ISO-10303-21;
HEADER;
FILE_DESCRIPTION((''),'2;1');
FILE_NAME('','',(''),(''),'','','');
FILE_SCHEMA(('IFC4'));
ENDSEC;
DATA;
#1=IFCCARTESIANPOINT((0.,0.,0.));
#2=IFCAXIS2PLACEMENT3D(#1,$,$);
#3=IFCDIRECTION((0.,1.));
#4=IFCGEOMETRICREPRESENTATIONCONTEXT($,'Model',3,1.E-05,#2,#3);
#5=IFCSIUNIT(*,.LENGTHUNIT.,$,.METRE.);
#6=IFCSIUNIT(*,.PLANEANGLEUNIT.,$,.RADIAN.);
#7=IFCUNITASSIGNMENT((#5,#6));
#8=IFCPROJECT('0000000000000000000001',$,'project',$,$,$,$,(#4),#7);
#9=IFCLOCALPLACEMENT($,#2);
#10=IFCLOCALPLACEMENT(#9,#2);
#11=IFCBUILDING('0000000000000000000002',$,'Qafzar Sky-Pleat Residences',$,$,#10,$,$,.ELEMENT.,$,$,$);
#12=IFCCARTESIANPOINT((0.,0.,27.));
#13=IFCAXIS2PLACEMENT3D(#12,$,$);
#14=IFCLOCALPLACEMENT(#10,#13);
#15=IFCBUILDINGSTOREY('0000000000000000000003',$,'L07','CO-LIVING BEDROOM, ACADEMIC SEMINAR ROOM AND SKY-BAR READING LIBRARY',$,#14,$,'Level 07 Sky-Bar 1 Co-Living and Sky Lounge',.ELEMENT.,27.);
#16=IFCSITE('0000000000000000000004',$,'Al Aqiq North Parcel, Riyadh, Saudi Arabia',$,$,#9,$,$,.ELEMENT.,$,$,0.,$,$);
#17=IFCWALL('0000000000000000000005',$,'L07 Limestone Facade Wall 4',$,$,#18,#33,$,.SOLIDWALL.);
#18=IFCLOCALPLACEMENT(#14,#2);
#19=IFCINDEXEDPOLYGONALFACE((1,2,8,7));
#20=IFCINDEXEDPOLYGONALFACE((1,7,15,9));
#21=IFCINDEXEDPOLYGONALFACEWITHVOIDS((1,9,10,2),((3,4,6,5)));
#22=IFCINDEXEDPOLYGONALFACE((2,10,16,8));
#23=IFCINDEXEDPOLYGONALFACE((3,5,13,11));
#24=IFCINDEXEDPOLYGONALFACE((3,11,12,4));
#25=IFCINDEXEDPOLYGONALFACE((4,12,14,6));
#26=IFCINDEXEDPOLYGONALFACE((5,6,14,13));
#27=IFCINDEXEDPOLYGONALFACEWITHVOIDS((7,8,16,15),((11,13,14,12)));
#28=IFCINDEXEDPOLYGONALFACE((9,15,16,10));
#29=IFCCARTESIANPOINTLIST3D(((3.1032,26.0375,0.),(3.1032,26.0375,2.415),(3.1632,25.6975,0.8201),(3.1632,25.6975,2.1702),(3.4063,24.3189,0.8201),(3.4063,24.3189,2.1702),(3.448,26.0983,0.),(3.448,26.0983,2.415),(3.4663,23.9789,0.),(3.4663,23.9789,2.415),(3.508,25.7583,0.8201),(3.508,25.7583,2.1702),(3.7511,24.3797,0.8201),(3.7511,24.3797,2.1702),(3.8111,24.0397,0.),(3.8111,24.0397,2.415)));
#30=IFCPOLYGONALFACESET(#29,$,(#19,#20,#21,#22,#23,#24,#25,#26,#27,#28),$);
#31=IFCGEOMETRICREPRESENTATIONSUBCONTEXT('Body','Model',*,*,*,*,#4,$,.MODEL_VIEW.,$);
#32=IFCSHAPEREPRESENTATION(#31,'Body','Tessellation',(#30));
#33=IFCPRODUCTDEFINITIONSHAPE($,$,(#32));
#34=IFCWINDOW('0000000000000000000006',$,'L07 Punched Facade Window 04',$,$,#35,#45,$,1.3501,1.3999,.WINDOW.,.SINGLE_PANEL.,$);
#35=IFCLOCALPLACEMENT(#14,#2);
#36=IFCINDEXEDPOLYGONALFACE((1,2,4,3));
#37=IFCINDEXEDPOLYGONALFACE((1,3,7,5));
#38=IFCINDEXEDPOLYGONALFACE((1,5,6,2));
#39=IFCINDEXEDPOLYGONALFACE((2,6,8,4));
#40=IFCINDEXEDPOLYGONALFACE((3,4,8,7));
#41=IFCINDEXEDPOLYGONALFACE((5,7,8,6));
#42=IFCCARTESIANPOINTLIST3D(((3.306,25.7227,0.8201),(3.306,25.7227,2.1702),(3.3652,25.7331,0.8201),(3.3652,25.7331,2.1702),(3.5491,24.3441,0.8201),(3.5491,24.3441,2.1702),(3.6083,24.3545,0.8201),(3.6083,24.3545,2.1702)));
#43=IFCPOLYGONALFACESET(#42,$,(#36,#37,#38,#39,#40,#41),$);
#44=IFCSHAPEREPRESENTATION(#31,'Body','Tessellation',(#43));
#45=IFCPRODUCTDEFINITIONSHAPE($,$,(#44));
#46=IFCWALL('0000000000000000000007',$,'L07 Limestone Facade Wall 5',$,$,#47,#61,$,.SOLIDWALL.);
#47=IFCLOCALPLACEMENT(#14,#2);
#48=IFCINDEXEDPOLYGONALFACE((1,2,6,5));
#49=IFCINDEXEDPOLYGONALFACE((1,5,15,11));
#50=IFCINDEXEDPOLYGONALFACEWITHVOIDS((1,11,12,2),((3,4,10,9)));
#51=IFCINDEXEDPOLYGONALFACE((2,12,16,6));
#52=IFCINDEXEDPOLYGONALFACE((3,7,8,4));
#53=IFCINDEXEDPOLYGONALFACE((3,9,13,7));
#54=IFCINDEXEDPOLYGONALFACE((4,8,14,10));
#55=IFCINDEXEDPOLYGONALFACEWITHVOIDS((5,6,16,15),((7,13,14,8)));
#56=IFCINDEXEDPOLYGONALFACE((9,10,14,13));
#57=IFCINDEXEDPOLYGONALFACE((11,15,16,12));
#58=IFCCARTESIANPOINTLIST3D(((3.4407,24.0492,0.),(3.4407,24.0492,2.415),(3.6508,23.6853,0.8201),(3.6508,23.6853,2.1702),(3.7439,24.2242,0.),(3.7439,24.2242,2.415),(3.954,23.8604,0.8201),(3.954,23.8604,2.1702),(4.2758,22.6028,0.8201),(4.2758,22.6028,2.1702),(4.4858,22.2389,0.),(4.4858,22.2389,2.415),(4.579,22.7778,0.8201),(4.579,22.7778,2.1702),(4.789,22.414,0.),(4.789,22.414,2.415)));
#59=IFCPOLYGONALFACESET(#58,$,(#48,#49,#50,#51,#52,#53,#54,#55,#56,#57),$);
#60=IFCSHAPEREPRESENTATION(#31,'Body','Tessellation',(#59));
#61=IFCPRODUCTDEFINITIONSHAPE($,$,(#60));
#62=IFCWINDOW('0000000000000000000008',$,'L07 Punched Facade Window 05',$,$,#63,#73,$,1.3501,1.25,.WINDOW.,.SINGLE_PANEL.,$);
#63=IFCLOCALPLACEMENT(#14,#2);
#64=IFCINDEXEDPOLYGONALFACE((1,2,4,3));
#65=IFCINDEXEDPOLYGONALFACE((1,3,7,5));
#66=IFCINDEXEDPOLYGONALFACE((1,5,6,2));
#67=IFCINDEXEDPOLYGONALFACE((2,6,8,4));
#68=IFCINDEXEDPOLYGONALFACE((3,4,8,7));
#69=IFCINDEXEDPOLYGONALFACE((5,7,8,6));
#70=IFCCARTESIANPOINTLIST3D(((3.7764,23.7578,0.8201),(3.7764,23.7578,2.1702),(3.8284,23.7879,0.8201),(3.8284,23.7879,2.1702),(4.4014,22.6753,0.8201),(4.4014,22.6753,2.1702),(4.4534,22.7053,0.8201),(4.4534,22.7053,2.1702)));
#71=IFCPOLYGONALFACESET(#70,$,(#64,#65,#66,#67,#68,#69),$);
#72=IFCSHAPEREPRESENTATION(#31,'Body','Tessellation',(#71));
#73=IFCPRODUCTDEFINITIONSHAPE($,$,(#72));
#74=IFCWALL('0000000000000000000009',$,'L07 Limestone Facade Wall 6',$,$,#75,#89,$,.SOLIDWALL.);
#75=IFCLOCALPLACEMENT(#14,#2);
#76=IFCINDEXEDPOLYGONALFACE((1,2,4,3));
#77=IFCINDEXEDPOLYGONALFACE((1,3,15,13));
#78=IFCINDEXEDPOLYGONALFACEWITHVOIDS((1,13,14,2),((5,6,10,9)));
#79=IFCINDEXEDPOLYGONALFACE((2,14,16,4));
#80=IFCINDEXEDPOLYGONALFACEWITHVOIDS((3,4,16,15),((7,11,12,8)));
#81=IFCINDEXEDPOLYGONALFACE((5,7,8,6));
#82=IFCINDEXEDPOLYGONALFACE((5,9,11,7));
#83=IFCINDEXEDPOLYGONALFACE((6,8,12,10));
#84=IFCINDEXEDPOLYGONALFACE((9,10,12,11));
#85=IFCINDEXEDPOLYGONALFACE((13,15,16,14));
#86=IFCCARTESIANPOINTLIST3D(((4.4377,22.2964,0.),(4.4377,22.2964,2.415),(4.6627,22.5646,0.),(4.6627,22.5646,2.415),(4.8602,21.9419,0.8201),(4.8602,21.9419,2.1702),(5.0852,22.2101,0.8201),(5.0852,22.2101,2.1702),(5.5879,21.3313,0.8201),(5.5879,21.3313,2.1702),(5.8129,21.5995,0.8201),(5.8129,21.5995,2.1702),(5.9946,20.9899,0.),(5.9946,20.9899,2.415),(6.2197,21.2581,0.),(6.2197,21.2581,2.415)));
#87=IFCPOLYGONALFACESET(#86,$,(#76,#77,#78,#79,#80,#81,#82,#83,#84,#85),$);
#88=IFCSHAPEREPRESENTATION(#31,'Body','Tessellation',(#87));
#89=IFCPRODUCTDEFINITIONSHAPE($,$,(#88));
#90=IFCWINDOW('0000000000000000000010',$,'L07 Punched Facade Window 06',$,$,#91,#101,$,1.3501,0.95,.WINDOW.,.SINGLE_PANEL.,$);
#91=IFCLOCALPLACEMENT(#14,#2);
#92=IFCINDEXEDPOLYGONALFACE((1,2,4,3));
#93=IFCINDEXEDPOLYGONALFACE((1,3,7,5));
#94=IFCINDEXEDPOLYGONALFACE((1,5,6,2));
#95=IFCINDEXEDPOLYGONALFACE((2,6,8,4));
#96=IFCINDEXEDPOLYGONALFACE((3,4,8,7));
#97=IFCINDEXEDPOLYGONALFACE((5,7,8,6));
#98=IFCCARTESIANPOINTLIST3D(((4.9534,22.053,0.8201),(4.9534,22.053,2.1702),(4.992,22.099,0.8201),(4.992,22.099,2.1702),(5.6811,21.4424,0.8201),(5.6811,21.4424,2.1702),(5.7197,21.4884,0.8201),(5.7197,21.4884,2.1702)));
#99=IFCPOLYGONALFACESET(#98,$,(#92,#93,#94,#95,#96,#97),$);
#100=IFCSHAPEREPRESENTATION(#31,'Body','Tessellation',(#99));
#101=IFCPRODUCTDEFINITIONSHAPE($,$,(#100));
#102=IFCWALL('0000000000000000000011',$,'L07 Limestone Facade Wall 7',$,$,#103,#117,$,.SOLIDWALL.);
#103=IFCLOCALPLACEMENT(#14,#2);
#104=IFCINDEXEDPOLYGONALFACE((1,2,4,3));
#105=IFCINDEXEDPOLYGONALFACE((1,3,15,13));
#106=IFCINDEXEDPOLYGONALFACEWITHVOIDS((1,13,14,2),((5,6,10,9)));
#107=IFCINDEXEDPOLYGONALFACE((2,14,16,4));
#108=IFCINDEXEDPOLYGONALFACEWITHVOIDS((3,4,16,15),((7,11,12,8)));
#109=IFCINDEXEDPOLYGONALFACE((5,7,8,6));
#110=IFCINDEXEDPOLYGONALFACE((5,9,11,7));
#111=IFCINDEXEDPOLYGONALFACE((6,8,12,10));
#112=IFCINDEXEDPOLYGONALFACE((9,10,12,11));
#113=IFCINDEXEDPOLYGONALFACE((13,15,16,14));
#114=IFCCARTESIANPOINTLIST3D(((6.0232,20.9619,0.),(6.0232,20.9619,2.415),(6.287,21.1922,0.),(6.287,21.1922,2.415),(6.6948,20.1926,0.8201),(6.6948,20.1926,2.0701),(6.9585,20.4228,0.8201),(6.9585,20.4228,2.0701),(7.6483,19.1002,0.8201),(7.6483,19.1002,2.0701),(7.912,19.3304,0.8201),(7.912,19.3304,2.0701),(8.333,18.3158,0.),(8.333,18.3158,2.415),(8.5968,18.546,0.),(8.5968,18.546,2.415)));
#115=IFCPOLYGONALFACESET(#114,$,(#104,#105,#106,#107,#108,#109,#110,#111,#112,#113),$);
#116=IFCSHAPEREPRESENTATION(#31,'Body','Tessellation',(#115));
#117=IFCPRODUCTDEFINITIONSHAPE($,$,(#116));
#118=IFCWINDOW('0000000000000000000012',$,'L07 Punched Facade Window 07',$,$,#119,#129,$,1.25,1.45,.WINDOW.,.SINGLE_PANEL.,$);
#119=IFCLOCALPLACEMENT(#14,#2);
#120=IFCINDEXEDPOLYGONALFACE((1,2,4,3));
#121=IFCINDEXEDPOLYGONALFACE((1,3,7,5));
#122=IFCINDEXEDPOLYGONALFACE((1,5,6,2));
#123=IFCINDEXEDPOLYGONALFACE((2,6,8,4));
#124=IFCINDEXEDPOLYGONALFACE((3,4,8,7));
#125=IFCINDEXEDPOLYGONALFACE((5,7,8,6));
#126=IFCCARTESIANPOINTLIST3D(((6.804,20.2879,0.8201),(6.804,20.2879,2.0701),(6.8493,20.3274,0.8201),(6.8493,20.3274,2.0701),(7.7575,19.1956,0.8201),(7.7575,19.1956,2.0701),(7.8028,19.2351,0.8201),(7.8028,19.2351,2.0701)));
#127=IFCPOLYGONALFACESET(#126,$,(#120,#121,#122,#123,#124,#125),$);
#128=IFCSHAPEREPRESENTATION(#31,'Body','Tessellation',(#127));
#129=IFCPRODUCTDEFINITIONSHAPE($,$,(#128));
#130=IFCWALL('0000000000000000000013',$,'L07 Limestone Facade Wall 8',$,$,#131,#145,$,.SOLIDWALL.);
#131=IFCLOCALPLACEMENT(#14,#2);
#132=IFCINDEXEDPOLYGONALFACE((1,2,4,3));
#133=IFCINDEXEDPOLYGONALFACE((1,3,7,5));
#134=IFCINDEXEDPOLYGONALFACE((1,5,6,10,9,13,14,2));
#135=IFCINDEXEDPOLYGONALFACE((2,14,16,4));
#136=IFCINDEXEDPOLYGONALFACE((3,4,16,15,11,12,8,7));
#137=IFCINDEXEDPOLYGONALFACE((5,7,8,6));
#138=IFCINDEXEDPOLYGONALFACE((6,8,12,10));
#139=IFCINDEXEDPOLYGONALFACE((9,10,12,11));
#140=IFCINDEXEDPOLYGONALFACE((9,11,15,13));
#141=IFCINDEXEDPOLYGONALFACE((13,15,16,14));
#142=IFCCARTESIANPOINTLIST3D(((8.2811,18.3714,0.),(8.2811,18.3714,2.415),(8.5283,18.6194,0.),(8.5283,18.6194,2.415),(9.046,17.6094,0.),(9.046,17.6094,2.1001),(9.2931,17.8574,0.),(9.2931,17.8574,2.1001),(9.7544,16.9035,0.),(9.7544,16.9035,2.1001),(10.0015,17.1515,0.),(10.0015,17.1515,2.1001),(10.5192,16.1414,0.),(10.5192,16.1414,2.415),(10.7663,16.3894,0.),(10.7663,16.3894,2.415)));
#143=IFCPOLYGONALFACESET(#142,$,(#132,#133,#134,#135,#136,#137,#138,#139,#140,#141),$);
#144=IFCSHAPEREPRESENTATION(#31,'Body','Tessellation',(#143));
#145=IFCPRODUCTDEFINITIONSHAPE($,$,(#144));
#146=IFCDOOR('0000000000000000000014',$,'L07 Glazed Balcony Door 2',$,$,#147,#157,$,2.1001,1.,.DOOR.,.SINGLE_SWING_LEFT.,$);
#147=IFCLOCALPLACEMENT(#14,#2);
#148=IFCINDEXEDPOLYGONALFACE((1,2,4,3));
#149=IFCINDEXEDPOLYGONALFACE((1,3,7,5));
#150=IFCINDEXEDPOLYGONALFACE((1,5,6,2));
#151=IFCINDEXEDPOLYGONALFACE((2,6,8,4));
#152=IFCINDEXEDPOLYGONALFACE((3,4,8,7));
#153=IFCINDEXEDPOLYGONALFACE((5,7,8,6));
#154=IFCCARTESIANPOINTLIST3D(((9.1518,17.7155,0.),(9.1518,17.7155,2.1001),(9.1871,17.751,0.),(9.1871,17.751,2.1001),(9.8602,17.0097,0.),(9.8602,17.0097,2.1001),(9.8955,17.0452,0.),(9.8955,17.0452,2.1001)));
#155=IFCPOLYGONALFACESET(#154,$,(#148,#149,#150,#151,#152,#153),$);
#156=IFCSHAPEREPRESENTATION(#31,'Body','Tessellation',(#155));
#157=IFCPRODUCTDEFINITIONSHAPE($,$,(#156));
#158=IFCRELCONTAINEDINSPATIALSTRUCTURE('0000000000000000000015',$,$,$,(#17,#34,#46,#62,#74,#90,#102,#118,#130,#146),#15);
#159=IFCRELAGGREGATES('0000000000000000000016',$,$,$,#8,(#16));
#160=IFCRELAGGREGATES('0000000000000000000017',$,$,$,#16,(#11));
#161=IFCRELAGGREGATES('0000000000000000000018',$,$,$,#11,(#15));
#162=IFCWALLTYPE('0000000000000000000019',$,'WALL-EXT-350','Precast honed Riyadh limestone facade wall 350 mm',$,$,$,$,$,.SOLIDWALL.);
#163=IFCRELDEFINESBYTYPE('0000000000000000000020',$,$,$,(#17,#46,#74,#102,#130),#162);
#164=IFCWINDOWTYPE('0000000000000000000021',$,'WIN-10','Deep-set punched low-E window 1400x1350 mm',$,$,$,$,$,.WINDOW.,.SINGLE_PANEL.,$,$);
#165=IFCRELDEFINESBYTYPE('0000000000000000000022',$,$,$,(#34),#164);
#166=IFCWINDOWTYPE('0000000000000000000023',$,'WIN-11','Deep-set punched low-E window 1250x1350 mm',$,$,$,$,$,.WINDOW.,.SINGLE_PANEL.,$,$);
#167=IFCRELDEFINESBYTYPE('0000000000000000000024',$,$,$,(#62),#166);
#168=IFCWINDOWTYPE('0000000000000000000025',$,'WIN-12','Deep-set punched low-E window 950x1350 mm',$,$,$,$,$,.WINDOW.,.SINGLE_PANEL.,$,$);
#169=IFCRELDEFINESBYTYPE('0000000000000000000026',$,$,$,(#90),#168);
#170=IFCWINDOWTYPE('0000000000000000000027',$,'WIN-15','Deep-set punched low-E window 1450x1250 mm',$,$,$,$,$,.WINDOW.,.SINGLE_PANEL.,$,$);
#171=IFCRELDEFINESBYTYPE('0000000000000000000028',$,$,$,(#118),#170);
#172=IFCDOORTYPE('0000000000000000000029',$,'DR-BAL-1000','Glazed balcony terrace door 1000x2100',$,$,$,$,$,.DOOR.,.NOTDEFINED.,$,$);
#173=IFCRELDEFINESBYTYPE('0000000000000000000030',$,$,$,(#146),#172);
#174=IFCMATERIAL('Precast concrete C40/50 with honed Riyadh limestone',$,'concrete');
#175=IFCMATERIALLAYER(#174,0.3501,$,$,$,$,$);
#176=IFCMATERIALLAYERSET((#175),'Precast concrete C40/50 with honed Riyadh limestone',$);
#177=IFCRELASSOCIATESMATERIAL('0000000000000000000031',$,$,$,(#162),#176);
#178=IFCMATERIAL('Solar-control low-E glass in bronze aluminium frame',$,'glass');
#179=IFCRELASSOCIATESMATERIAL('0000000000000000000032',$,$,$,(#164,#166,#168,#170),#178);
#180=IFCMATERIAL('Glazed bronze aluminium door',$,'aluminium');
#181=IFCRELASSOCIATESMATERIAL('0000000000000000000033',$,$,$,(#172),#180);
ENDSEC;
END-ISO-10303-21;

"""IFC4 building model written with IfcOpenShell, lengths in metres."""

from ifc_helpers import new_model, si_unit, direction, frame, frame_2d, origin, place, context, subcontext, project, spatial, rectangle, extrude, source, transform, mapped, material, layer, layer_set, type_object, element, fill, save


model = new_model("IFC4")

# Units and contexts
model_context = context("Model", 3, precision=1e-05, world=origin(), true_north=direction((0.0, 1.0)))
body_context = subcontext(model_context, "Body", "Model", "MODEL_VIEW")
ifc_project = project(units=[si_unit("LENGTHUNIT", "METRE"), si_unit("PLANEANGLEUNIT", "RADIAN")], contexts=[model_context])

# Site, building, storey
site_placement = place(None, origin())
site = spatial("IfcSite", under=ifc_project, at=site_placement, Name="Al Aqiq North Parcel, Riyadh, Saudi Arabia", CompositionType="ELEMENT", RefElevation=0.0)
building_placement = place(site_placement, origin())
building = spatial("IfcBuilding", under=site, at=building_placement, Name="Qafzar Sky-Pleat Residences", CompositionType="ELEMENT")
storey_placement = place(building_placement, frame((0.0, 0.0, 27.0)))
storey = spatial("IfcBuildingStorey", under=building, at=storey_placement, Name="L07", Description="CO-LIVING BEDROOM, ACADEMIC SEMINAR ROOM AND SKY-BAR READING LIBRARY", LongName="Level 07 Sky-Bar 1 Co-Living and Sky Lounge", CompositionType="ELEMENT", Elevation=27.0)

# Walls, openings, windows
ifc_material_1 = material(Name="Precast concrete C40/50 with honed Riyadh limestone", Category="concrete")
ifc_layer_1 = layer(ifc_material_1, 0.3501)
ifc_layer_set_1 = layer_set([ifc_layer_1], Name="Precast concrete C40/50 with honed Riyadh limestone")
wall_type_1 = type_object("IfcWallType", Name="WALL-EXT-350", Description="Precast honed Riyadh limestone facade wall 350 mm", PredefinedType="SOLIDWALL", material=ifc_layer_set_1)
wall_1_placement = place(storey_placement, frame((3.2756, 26.0679, 0.0), z_axis=(0.0, 0.0, 1.0), x_axis=(0.173672, -0.984804, 0.0)))
wall_1 = element("IfcWall", 1, at=wall_1_placement, inside=storey, type_object=wall_type_1, Name="L07 Limestone Facade Wall 4", PredefinedType="SOLIDWALL", context=body_context, shape_type="SweptSolid", body=[
    extrude(rectangle(XDim=2.0903, YDim=0.3501, at=frame_2d((1.0452, 0.0))), origin(), (0.0, 0.0, 1.0), 2.415),
])
opening_1_placement = place(wall_1_placement, frame((0.3452, 0.0, 0.8201)))
opening_1 = element("IfcOpeningElement", 2, at=opening_1_placement, cuts=wall_1, PredefinedType="OPENING", context=body_context, shape_type="SweptSolid", body=[
    extrude(rectangle(XDim=1.3999, YDim=1.3501, at=frame_2d((0.7, 0.675))), frame((0.0, 0.1851, 0.0), z_axis=(0.0, -1.0, 0.0), x_axis=(1.0, 0.0, 0.0)), (0.0, 0.0, 1.0), 0.3701),
])
ifc_material_2 = material(Name="Solar-control low-E glass in bronze aluminium frame", Category="glass")
window_type_1 = type_object("IfcWindowType", Name="WIN-10", Description="Deep-set punched low-E window 1400x1350 mm", PartitioningType="SINGLE_PANEL", PredefinedType="WINDOW", material=ifc_material_2)
shared_shape_1 = source(origin(), body_context, "Body", "SweptSolid", [
    extrude(rectangle(XDim=1.3999, YDim=1.3501, at=frame_2d((0.7, 0.675))), frame((0.0, 0.03, 0.0), z_axis=(0.0, -1.0, 0.0), x_axis=(1.0, 0.0, 0.0)), (0.0, 0.0, 1.0), 0.0601),
])
window_1_placement = place(opening_1_placement, origin())
window_1 = element("IfcWindow", 3, at=window_1_placement, inside=storey, type_object=window_type_1, Name="L07 Punched Facade Window 04", OverallHeight=1.3501, OverallWidth=1.3999, PartitioningType="SINGLE_PANEL", PredefinedType="WINDOW", context=body_context, shape_type="MappedRepresentation", body=[
    mapped(shared_shape_1, transform((0.0, 0.0, 0.0), x_axis=(1.0, 0.0, 0.0), y_axis=(0.0, 1.0, 0.0), z_axis=(0.0, 0.0, 1.0), scale=1.0)),
])
fill(opening_1, window_1)
wall_2_placement = place(storey_placement, frame((3.5923, 24.1367, 0.0), z_axis=(0.0, 0.0, 1.0), x_axis=(0.499995, -0.866028, 0.0)))
wall_2 = element("IfcWall", 4, at=wall_2_placement, inside=storey, type_object=wall_type_1, Name="L07 Limestone Facade Wall 5", PredefinedType="SOLIDWALL", context=body_context, shape_type="SweptSolid", body=[
    extrude(rectangle(XDim=2.0903, YDim=0.3501, at=frame_2d((1.0452, 0.0))), origin(), (0.0, 0.0, 1.0), 2.415),
])
opening_2_placement = place(wall_2_placement, frame((0.4202, 0.0, 0.8201)))
opening_2 = element("IfcOpeningElement", 5, at=opening_2_placement, cuts=wall_2, PredefinedType="OPENING", context=body_context, shape_type="SweptSolid", body=[
    extrude(rectangle(XDim=1.25, YDim=1.3501, at=frame_2d((0.625, 0.675))), frame((0.0, 0.1851, 0.0), z_axis=(0.0, -1.0, 0.0), x_axis=(1.0, 0.0, 0.0)), (0.0, 0.0, 1.0), 0.3701),
])
window_type_2 = type_object("IfcWindowType", Name="WIN-11", Description="Deep-set punched low-E window 1250x1350 mm", PartitioningType="SINGLE_PANEL", PredefinedType="WINDOW", material=ifc_material_2)
shared_shape_2 = source(origin(), body_context, "Body", "SweptSolid", [
    extrude(rectangle(XDim=1.25, YDim=1.3501, at=frame_2d((0.625, 0.675))), frame((0.0, 0.03, 0.0), z_axis=(0.0, -1.0, 0.0), x_axis=(1.0, 0.0, 0.0)), (0.0, 0.0, 1.0), 0.0601),
])
window_2_placement = place(opening_2_placement, origin())
window_2 = element("IfcWindow", 6, at=window_2_placement, inside=storey, type_object=window_type_2, Name="L07 Punched Facade Window 05", OverallHeight=1.3501, OverallWidth=1.25, PartitioningType="SINGLE_PANEL", PredefinedType="WINDOW", context=body_context, shape_type="MappedRepresentation", body=[
    mapped(shared_shape_2, transform((0.0, 0.0, 0.0), x_axis=(1.0, 0.0, 0.0), y_axis=(0.0, 1.0, 0.0), z_axis=(0.0, 0.0, 1.0), scale=1.0)),
])
fill(opening_2, window_2)
wall_3_placement = place(storey_placement, frame((4.5503, 22.4304, 0.0), z_axis=(0.0, 0.0, 1.0), x_axis=(0.766041, -0.642792, 0.0)))
wall_3 = element("IfcWall", 7, at=wall_3_placement, inside=storey, type_object=wall_type_1, Name="L07 Limestone Facade Wall 6", PredefinedType="SOLIDWALL", context=body_context, shape_type="SweptSolid", body=[
    extrude(rectangle(XDim=2.0325, YDim=0.3501, at=frame_2d((1.0161, 0.0))), origin(), (0.0, 0.0, 1.0), 2.415),
])
opening_3_placement = place(wall_3_placement, frame((0.5513, 0.0, 0.8201)))
opening_3 = element("IfcOpeningElement", 8, at=opening_3_placement, cuts=wall_3, PredefinedType="OPENING", context=body_context, shape_type="SweptSolid", body=[
    extrude(rectangle(XDim=0.95, YDim=1.3501, at=frame_2d((0.4751, 0.675))), frame((0.0, 0.1851, 0.0), z_axis=(0.0, -1.0, 0.0), x_axis=(1.0, 0.0, 0.0)), (0.0, 0.0, 1.0), 0.3701),
])
window_type_3 = type_object("IfcWindowType", Name="WIN-12", Description="Deep-set punched low-E window 950x1350 mm", PartitioningType="SINGLE_PANEL", PredefinedType="WINDOW", material=ifc_material_2)
shared_shape_3 = source(origin(), body_context, "Body", "SweptSolid", [
    extrude(rectangle(XDim=0.95, YDim=1.3501, at=frame_2d((0.4751, 0.675))), frame((0.0, 0.03, 0.0), z_axis=(0.0, -1.0, 0.0), x_axis=(1.0, 0.0, 0.0)), (0.0, 0.0, 1.0), 0.0601),
])
window_3_placement = place(opening_3_placement, origin())
window_3 = element("IfcWindow", 9, at=window_3_placement, inside=storey, type_object=window_type_3, Name="L07 Punched Facade Window 06", OverallHeight=1.3501, OverallWidth=0.95, PartitioningType="SINGLE_PANEL", PredefinedType="WINDOW", context=body_context, shape_type="MappedRepresentation", body=[
    mapped(shared_shape_3, transform((0.0, 0.0, 0.0), x_axis=(1.0, 0.0, 0.0), y_axis=(0.0, 1.0, 0.0), z_axis=(0.0, 0.0, 1.0), scale=1.0)),
])
fill(opening_3, window_3)
wall_4_placement = place(storey_placement, frame((6.155, 21.0771, 0.0), z_axis=(0.0, 0.0, 1.0), x_axis=(0.657594, -0.753373, 0.0)))
wall_4 = element("IfcWall", 10, at=wall_4_placement, inside=storey, type_object=wall_type_1, Name="L07 Limestone Facade Wall 7", PredefinedType="SOLIDWALL", context=body_context, shape_type="SweptSolid", body=[
    extrude(rectangle(XDim=3.5125, YDim=0.3501, at=frame_2d((1.7563, 0.0))), origin(), (0.0, 0.0, 1.0), 2.415),
])
opening_4_placement = place(wall_4_placement, frame((1.0212, 0.0, 0.8201)))
opening_4 = element("IfcOpeningElement", 11, at=opening_4_placement, cuts=wall_4, PredefinedType="OPENING", context=body_context, shape_type="SweptSolid", body=[
    extrude(rectangle(XDim=1.45, YDim=1.25, at=frame_2d((0.7251, 0.625))), frame((0.0, 0.1851, 0.0), z_axis=(0.0, -1.0, 0.0), x_axis=(1.0, 0.0, 0.0)), (0.0, 0.0, 1.0), 0.3701),
])
window_type_4 = type_object("IfcWindowType", Name="WIN-15", Description="Deep-set punched low-E window 1450x1250 mm", PartitioningType="SINGLE_PANEL", PredefinedType="WINDOW", material=ifc_material_2)
shared_shape_4 = source(origin(), body_context, "Body", "SweptSolid", [
    extrude(rectangle(XDim=1.45, YDim=1.25, at=frame_2d((0.7251, 0.625))), frame((0.0, 0.03, 0.0), z_axis=(0.0, -1.0, 0.0), x_axis=(1.0, 0.0, 0.0)), (0.0, 0.0, 1.0), 0.0601),
])
window_4_placement = place(opening_4_placement, origin())
window_4 = element("IfcWindow", 12, at=window_4_placement, inside=storey, type_object=window_type_4, Name="L07 Punched Facade Window 07", OverallHeight=1.25, OverallWidth=1.45, PartitioningType="SINGLE_PANEL", PredefinedType="WINDOW", context=body_context, shape_type="MappedRepresentation", body=[
    mapped(shared_shape_4, transform((0.0, 0.0, 0.0), x_axis=(1.0, 0.0, 0.0), y_axis=(0.0, 1.0, 0.0), z_axis=(0.0, 0.0, 1.0), scale=1.0)),
])
fill(opening_4, window_4)

# Wall, opening, door
wall_5_placement = place(storey_placement, frame((8.4048, 18.4954, 0.0), z_axis=(0.0, 0.0, 1.0), x_axis=(0.708381, -0.705831, 0.0)))
wall_5 = element("IfcWall", 13, at=wall_5_placement, inside=storey, type_object=wall_type_1, Name="L07 Limestone Facade Wall 8", PredefinedType="SOLIDWALL", context=body_context, shape_type="SweptSolid", body=[
    extrude(rectangle(XDim=3.1594, YDim=0.3501, at=frame_2d((1.5796, 0.0))), origin(), (0.0, 0.0, 1.0), 2.415),
])
opening_5_placement = place(wall_5_placement, frame((1.0796, 0.0, 0.0)))
opening_5 = element("IfcOpeningElement", 14, at=opening_5_placement, cuts=wall_5, PredefinedType="OPENING", context=body_context, shape_type="SweptSolid", body=[
    extrude(rectangle(XDim=1.0, YDim=2.1001, at=frame_2d((0.5, 1.05))), frame((0.0, 0.1851, 0.0), z_axis=(0.0, -1.0, 0.0), x_axis=(1.0, 0.0, 0.0)), (0.0, 0.0, 1.0), 0.3701),
])
ifc_material_3 = material(Name="Glazed bronze aluminium door", Category="aluminium")
door_type = type_object("IfcDoorType", Name="DR-BAL-1000", Description="Glazed balcony terrace door 1000x2100", OperationType="NOTDEFINED", PredefinedType="DOOR", material=ifc_material_3)
shared_shape_5 = source(origin(), body_context, "Body", "SweptSolid", [
    extrude(rectangle(XDim=1.0, YDim=2.1001, at=frame_2d((0.5, 1.05))), frame((0.0, 0.0249, 0.0), z_axis=(0.0, -1.0, 0.0), x_axis=(1.0, 0.0, 0.0)), (0.0, 0.0, 1.0), 0.05),
])
door_placement = place(opening_5_placement, origin())
door = element("IfcDoor", 15, at=door_placement, inside=storey, type_object=door_type, Name="L07 Glazed Balcony Door 2", OperationType="SINGLE_SWING_LEFT", OverallHeight=2.1001, OverallWidth=1.0, PredefinedType="DOOR", context=body_context, shape_type="MappedRepresentation", body=[
    mapped(shared_shape_5, transform((0.0, 0.0, 0.0), x_axis=(1.0, 0.0, 0.0), y_axis=(0.0, 1.0, 0.0), z_axis=(0.0, 0.0, 1.0), scale=1.0)),
])
fill(opening_5, door)

save(model, "model.ifc")
